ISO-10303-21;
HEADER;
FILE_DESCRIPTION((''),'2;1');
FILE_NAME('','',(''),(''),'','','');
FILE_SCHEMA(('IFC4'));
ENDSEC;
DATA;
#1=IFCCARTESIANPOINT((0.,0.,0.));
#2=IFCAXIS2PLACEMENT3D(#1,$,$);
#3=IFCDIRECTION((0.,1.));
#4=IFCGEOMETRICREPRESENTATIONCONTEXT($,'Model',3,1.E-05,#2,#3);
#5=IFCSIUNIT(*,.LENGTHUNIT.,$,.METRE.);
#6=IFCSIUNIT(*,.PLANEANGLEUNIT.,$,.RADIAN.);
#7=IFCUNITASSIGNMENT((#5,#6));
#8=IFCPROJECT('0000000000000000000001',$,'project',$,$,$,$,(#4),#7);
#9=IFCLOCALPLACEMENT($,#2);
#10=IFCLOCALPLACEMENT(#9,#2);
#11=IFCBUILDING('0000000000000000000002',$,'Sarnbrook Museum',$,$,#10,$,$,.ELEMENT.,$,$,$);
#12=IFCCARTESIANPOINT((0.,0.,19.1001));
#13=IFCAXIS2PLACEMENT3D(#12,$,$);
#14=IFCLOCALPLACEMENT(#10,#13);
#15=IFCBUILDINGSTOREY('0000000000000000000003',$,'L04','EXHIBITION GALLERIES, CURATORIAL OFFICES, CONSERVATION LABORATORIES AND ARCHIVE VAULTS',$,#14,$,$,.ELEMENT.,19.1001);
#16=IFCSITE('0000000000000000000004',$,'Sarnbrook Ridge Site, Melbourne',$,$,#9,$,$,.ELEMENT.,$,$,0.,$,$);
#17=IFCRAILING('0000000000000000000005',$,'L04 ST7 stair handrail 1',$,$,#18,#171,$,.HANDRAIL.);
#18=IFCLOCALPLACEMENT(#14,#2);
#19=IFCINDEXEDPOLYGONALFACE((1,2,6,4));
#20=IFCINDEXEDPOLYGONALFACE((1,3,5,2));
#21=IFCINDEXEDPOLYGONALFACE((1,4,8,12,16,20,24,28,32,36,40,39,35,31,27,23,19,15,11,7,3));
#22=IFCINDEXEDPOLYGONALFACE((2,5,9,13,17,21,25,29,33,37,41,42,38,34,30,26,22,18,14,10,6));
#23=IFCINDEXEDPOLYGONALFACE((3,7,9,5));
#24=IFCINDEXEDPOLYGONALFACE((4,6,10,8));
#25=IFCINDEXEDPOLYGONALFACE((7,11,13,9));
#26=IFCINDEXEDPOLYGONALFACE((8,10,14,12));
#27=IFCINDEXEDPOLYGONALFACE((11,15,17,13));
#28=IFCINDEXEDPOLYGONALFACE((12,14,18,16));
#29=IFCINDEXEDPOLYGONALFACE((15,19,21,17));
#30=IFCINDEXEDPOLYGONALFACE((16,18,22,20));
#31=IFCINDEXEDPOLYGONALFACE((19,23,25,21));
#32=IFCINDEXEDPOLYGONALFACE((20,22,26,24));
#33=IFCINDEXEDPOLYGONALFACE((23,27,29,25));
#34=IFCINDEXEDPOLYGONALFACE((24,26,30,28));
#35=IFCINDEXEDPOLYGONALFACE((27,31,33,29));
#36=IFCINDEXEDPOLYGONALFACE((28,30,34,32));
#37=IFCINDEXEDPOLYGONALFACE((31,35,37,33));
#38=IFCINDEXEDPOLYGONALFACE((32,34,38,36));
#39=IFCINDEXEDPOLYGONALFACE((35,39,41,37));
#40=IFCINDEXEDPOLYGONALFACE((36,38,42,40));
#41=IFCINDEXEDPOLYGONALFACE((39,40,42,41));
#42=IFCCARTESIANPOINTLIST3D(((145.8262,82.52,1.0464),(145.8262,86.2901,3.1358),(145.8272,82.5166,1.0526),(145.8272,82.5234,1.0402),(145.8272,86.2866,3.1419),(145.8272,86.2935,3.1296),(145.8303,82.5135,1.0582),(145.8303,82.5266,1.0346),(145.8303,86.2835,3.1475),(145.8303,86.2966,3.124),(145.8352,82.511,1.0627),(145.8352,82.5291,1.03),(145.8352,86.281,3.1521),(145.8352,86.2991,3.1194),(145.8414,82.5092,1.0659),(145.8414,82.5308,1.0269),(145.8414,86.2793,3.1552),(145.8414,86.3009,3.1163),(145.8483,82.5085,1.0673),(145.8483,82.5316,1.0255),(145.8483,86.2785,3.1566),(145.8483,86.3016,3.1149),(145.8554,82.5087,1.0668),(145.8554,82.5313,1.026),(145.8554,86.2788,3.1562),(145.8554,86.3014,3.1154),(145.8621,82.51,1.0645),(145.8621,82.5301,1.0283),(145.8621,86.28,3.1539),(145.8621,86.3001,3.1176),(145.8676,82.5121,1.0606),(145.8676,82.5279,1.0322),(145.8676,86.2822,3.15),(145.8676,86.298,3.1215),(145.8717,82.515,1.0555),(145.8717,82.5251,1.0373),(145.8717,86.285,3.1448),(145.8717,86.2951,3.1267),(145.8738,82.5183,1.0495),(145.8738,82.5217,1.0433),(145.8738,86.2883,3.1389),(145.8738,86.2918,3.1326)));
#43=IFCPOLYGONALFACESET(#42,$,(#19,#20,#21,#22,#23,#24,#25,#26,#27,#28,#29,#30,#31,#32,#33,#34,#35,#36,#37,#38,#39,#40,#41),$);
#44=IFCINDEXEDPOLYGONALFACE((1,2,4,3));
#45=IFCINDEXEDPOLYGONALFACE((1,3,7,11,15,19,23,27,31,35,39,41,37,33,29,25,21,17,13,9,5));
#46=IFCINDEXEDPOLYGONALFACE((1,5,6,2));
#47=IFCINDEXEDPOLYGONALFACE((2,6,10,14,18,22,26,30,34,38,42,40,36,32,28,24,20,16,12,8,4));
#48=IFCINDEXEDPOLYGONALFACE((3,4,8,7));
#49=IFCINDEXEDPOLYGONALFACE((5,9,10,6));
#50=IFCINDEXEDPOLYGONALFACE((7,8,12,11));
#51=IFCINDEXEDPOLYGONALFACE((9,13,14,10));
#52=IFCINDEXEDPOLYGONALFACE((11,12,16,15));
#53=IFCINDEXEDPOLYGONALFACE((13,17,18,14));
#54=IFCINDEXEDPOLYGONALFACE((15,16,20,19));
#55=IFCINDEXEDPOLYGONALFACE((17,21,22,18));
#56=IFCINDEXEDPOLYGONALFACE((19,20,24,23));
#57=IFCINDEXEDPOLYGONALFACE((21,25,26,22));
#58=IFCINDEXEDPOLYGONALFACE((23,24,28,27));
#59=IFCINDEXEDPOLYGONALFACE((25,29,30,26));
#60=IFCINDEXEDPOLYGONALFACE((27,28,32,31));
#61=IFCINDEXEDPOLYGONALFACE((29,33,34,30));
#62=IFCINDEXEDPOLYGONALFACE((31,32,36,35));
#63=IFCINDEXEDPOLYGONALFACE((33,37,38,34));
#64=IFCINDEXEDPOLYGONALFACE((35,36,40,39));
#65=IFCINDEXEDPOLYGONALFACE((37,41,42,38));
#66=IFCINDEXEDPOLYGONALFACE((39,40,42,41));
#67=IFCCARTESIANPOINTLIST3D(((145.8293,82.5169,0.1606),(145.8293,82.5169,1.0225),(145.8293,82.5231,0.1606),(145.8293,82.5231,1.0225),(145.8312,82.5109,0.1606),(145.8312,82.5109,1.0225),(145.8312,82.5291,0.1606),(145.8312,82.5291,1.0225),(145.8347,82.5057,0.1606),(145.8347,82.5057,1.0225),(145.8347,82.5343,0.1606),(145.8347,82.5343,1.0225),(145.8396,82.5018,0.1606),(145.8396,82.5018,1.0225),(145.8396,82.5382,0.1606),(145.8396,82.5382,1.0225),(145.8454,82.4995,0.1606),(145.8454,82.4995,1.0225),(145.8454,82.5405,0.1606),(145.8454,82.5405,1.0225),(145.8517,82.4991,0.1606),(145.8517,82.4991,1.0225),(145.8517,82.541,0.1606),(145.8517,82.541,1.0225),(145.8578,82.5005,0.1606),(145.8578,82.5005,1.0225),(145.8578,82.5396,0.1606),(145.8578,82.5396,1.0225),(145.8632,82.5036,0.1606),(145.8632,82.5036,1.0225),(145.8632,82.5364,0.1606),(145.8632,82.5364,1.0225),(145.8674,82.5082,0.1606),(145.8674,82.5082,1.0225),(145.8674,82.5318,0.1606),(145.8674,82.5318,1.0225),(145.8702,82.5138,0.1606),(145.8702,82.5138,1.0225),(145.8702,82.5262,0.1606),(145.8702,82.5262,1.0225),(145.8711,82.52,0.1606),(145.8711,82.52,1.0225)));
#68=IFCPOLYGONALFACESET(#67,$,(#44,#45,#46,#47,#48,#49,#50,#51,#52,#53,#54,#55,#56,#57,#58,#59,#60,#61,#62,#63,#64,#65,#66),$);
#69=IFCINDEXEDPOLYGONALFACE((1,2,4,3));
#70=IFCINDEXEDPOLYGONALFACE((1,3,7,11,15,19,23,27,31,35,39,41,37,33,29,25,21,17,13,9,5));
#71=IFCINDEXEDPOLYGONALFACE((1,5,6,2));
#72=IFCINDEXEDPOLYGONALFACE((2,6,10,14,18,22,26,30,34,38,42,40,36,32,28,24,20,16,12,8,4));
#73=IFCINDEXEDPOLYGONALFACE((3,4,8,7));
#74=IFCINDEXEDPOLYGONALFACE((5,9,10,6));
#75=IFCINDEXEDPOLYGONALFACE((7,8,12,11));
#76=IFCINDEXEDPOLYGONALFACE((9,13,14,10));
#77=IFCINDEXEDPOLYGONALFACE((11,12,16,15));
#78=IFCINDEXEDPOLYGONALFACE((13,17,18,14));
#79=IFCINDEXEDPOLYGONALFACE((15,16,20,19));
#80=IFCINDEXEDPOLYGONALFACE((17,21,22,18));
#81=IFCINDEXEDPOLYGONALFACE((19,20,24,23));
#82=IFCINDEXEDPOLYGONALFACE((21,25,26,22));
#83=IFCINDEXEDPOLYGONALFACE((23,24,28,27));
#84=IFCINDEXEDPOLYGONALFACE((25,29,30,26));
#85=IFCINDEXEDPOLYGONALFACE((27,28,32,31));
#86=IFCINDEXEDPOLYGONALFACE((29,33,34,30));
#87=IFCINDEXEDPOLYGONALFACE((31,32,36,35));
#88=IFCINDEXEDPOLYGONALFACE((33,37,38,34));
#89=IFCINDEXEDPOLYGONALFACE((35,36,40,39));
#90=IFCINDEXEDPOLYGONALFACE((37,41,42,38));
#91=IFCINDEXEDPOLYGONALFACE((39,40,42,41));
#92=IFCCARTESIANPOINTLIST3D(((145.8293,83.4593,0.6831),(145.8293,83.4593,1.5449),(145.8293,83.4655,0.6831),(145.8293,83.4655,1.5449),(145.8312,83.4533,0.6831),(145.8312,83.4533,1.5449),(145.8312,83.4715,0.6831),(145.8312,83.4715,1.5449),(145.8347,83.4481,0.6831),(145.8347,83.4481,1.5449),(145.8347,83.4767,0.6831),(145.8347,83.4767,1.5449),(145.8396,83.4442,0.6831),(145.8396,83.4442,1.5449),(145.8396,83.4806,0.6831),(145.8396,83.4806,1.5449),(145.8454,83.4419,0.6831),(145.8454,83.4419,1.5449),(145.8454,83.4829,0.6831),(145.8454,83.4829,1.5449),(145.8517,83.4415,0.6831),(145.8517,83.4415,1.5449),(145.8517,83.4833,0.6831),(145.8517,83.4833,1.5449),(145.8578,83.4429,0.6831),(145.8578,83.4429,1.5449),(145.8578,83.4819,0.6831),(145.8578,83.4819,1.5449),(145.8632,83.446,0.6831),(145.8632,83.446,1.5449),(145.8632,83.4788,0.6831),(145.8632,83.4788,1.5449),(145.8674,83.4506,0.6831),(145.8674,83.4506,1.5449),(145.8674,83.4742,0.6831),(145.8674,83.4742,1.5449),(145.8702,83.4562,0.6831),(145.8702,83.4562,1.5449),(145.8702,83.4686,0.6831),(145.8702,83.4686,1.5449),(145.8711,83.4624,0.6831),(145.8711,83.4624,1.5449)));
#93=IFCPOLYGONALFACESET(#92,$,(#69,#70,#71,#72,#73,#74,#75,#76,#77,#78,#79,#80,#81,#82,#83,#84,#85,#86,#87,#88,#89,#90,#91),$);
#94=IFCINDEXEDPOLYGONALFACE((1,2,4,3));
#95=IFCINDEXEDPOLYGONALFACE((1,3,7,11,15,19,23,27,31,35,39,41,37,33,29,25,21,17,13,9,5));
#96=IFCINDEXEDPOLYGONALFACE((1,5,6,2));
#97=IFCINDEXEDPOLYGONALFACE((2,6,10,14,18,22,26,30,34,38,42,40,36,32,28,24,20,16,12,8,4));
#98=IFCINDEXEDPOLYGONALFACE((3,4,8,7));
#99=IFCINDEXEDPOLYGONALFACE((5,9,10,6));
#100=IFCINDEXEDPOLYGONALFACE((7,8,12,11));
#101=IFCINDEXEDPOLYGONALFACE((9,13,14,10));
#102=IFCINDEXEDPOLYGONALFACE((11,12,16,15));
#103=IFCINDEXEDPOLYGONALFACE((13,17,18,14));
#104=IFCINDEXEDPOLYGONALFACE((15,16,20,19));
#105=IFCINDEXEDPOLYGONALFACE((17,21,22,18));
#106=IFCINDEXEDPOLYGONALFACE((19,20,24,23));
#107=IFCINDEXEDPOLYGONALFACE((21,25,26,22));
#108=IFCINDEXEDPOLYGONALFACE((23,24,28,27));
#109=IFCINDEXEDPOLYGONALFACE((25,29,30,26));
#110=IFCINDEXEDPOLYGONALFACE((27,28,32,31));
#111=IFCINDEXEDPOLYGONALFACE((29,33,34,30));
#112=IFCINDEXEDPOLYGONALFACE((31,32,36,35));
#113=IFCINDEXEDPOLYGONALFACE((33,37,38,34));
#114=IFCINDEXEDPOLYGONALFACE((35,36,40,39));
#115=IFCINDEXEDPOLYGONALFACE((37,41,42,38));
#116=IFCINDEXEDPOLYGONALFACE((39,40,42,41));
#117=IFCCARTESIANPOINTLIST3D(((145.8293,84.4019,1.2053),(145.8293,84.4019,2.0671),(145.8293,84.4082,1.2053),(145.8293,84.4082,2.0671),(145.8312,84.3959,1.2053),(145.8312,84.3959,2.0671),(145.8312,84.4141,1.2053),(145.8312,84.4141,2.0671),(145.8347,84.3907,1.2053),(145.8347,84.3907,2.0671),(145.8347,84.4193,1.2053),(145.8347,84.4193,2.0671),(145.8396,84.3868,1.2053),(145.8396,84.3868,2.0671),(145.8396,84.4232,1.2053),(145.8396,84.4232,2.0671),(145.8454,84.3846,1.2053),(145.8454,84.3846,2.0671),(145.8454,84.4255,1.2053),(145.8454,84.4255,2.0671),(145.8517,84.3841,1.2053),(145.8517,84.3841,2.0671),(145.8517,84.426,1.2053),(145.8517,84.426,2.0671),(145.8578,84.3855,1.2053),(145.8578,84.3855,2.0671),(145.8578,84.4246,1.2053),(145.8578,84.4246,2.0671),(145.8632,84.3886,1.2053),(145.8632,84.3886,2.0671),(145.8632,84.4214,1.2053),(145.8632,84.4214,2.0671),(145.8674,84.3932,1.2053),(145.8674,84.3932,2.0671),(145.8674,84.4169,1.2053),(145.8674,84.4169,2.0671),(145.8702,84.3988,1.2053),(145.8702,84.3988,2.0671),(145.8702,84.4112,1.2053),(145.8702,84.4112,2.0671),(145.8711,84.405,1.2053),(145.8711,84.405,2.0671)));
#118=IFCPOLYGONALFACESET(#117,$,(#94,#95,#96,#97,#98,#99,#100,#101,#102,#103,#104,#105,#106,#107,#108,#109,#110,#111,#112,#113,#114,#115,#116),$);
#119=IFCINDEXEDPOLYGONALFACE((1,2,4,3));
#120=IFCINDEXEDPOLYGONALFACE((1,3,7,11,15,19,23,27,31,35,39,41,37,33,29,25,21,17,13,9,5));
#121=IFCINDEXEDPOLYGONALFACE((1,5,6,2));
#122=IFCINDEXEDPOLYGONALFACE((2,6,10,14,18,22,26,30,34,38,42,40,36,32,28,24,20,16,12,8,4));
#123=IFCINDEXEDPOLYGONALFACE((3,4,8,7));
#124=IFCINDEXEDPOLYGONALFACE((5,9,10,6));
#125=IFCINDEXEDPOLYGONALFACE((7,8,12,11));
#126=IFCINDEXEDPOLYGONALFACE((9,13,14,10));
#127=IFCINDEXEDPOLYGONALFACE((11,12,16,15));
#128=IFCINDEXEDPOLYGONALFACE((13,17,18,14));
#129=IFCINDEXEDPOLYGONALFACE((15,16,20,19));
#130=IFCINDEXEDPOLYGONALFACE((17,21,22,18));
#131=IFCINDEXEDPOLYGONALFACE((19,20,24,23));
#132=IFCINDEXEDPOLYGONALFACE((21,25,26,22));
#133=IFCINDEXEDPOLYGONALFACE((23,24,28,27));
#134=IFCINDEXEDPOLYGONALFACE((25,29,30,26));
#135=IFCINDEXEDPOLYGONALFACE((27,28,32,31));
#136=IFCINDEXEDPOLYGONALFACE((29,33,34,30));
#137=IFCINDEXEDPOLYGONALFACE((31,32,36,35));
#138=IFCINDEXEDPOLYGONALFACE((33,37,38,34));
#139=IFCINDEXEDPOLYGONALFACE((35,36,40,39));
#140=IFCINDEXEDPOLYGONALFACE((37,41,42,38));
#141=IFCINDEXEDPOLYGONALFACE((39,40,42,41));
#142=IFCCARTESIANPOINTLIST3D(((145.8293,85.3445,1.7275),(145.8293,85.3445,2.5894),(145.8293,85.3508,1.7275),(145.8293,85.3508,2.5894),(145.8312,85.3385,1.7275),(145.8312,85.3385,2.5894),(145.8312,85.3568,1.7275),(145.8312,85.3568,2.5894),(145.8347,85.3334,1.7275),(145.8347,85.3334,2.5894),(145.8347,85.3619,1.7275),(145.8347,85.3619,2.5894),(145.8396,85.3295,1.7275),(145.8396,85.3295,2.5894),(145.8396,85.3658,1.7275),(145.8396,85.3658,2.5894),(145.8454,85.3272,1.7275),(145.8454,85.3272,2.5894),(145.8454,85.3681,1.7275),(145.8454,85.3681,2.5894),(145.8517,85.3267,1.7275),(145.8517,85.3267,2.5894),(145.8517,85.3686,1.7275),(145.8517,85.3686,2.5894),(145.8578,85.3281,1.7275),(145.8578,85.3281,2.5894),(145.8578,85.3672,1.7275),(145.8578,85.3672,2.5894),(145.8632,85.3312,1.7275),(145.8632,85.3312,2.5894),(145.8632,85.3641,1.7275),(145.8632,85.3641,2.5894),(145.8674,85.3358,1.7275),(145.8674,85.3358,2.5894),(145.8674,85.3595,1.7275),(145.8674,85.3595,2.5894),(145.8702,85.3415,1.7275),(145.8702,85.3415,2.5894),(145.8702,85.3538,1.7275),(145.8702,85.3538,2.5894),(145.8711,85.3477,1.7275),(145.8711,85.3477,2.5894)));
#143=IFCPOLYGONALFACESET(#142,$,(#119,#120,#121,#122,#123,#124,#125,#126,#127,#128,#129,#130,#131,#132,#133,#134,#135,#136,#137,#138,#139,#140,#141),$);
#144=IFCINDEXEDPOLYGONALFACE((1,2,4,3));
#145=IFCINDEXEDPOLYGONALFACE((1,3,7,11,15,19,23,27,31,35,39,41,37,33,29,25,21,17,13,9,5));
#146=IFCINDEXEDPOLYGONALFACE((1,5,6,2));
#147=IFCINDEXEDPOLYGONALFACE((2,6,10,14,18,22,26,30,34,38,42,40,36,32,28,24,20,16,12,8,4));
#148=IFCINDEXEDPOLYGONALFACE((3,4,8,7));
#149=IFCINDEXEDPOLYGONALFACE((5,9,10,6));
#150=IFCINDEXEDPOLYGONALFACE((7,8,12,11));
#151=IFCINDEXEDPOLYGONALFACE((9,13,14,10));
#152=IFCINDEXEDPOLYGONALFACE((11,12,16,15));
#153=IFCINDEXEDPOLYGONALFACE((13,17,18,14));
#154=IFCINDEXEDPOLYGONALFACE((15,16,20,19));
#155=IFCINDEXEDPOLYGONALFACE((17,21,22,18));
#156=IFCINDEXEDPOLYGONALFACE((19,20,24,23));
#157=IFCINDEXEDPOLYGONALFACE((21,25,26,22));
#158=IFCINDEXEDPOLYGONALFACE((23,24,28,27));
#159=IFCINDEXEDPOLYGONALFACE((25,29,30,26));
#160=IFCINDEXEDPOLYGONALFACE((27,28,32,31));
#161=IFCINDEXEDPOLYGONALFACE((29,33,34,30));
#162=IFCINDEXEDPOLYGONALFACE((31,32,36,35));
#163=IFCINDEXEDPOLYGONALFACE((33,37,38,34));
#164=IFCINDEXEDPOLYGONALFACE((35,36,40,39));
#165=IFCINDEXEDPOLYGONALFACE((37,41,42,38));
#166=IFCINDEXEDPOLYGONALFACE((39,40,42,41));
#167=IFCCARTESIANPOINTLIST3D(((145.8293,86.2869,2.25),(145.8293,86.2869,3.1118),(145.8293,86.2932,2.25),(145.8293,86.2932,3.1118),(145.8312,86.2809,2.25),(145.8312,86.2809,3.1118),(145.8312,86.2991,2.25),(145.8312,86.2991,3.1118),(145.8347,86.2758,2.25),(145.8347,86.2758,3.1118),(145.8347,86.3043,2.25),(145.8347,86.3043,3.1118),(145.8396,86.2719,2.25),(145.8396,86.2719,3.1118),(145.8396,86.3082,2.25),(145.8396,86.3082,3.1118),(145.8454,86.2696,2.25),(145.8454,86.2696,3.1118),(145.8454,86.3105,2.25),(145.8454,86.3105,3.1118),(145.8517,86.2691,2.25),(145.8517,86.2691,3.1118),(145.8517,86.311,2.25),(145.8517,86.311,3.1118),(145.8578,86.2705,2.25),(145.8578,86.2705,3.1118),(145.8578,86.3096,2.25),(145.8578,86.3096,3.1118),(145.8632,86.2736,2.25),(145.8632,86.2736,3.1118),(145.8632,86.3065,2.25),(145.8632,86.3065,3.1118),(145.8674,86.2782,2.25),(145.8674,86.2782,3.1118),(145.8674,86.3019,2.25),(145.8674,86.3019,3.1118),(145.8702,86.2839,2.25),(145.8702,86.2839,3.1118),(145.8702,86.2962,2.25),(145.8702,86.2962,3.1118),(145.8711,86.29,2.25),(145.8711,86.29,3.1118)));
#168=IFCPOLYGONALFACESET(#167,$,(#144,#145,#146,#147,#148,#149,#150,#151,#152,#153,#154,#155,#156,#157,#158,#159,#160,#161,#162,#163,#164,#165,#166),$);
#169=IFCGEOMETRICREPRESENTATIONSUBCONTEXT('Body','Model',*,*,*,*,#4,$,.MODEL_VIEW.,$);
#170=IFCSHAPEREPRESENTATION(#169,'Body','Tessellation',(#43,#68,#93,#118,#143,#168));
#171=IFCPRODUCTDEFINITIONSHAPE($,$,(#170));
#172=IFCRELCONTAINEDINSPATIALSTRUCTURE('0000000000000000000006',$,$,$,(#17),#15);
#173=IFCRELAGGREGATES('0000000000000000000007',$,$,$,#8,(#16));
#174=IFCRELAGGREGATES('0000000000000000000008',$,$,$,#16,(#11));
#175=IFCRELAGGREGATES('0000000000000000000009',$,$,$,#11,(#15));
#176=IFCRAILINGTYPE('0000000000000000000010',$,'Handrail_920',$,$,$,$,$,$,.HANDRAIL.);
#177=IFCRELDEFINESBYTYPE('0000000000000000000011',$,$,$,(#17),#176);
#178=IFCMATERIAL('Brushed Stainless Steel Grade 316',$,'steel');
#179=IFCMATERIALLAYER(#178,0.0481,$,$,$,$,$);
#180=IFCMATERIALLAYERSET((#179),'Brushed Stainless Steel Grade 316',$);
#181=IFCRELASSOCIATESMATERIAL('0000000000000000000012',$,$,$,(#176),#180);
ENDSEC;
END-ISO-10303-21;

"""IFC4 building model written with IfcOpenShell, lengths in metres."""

from ifc_helpers import new_model, si_unit, direction, frame, origin, origin_2d, place, context, subcontext, project, spatial, circle, extrude, material, layer, layer_set, type_object, element, save


model = new_model("IFC4")

# Units and contexts
model_context = context("Model", 3, precision=1e-05, world=origin(), true_north=direction((0.0, 1.0)))
body_context = subcontext(model_context, "Body", "Model", "MODEL_VIEW")
ifc_project = project(units=[si_unit("LENGTHUNIT", "METRE"), si_unit("PLANEANGLEUNIT", "RADIAN")], contexts=[model_context])

# Site, building, storey
site_placement = place(None, origin())
site = spatial("IfcSite", under=ifc_project, at=site_placement, Name="Sarnbrook Ridge Site, Melbourne", CompositionType="ELEMENT", RefElevation=0.0)
building_placement = place(site_placement, origin())
building = spatial("IfcBuilding", under=site, at=building_placement, Name="Sarnbrook Museum", CompositionType="ELEMENT")
storey_placement = place(building_placement, frame((0.0, 0.0, 19.1001)))
storey = spatial("IfcBuildingStorey", under=building, at=storey_placement, Name="L04", Description="EXHIBITION GALLERIES, CURATORIAL OFFICES, CONSERVATION LABORATORIES AND ARCHIVE VAULTS", CompositionType="ELEMENT", Elevation=19.1001)

# Railing
ifc_material_1 = material(Name="Brushed Stainless Steel Grade 316", Category="steel")
ifc_layer_1 = layer(ifc_material_1, 0.0481)
ifc_layer_set_1 = layer_set([ifc_layer_1], Name="Brushed Stainless Steel Grade 316")
railing_type_1 = type_object("IfcRailingType", Name="Handrail_920", PredefinedType="HANDRAIL", material=ifc_layer_set_1)
for number, where, name in (
    (1, (145.8501, 82.52, 0.1606), "L04 ST7 stair handrail 1"),
):
    element("IfcRailing", number, at=place(storey_placement, frame(where)), inside=storey, type_object=railing_type_1, Name=name, PredefinedType="HANDRAIL", context=body_context, shape_type="SweptSolid", body=[
        extrude(circle(Radius=0.0239, at=origin_2d()), frame((0.0, 0.0, 0.8857), z_axis=(0.0, 0.874659, 0.484739), x_axis=(-1.0, 0.0, 0.0)), (0.0, 0.0, 1.0), 4.3103),
        extrude(circle(Radius=0.021, at=origin_2d()), origin(), (0.0, 0.0, 1.0), 0.8618),
        extrude(circle(Radius=0.021, at=origin_2d()), frame((0.0, 0.9424, 0.5225)), (0.0, 0.0, 1.0), 0.8618),
        extrude(circle(Radius=0.021, at=origin_2d()), frame((0.0, 1.885, 1.0447)), (0.0, 0.0, 1.0), 0.8618),
        extrude(circle(Radius=0.021, at=origin_2d()), frame((0.0, 2.8276, 1.5669)), (0.0, 0.0, 1.0), 0.8618),
        extrude(circle(Radius=0.021, at=origin_2d()), frame((0.0, 3.77, 2.0894)), (0.0, 0.0, 1.0), 0.8618),
    ])

save(model, "model.ifc")
